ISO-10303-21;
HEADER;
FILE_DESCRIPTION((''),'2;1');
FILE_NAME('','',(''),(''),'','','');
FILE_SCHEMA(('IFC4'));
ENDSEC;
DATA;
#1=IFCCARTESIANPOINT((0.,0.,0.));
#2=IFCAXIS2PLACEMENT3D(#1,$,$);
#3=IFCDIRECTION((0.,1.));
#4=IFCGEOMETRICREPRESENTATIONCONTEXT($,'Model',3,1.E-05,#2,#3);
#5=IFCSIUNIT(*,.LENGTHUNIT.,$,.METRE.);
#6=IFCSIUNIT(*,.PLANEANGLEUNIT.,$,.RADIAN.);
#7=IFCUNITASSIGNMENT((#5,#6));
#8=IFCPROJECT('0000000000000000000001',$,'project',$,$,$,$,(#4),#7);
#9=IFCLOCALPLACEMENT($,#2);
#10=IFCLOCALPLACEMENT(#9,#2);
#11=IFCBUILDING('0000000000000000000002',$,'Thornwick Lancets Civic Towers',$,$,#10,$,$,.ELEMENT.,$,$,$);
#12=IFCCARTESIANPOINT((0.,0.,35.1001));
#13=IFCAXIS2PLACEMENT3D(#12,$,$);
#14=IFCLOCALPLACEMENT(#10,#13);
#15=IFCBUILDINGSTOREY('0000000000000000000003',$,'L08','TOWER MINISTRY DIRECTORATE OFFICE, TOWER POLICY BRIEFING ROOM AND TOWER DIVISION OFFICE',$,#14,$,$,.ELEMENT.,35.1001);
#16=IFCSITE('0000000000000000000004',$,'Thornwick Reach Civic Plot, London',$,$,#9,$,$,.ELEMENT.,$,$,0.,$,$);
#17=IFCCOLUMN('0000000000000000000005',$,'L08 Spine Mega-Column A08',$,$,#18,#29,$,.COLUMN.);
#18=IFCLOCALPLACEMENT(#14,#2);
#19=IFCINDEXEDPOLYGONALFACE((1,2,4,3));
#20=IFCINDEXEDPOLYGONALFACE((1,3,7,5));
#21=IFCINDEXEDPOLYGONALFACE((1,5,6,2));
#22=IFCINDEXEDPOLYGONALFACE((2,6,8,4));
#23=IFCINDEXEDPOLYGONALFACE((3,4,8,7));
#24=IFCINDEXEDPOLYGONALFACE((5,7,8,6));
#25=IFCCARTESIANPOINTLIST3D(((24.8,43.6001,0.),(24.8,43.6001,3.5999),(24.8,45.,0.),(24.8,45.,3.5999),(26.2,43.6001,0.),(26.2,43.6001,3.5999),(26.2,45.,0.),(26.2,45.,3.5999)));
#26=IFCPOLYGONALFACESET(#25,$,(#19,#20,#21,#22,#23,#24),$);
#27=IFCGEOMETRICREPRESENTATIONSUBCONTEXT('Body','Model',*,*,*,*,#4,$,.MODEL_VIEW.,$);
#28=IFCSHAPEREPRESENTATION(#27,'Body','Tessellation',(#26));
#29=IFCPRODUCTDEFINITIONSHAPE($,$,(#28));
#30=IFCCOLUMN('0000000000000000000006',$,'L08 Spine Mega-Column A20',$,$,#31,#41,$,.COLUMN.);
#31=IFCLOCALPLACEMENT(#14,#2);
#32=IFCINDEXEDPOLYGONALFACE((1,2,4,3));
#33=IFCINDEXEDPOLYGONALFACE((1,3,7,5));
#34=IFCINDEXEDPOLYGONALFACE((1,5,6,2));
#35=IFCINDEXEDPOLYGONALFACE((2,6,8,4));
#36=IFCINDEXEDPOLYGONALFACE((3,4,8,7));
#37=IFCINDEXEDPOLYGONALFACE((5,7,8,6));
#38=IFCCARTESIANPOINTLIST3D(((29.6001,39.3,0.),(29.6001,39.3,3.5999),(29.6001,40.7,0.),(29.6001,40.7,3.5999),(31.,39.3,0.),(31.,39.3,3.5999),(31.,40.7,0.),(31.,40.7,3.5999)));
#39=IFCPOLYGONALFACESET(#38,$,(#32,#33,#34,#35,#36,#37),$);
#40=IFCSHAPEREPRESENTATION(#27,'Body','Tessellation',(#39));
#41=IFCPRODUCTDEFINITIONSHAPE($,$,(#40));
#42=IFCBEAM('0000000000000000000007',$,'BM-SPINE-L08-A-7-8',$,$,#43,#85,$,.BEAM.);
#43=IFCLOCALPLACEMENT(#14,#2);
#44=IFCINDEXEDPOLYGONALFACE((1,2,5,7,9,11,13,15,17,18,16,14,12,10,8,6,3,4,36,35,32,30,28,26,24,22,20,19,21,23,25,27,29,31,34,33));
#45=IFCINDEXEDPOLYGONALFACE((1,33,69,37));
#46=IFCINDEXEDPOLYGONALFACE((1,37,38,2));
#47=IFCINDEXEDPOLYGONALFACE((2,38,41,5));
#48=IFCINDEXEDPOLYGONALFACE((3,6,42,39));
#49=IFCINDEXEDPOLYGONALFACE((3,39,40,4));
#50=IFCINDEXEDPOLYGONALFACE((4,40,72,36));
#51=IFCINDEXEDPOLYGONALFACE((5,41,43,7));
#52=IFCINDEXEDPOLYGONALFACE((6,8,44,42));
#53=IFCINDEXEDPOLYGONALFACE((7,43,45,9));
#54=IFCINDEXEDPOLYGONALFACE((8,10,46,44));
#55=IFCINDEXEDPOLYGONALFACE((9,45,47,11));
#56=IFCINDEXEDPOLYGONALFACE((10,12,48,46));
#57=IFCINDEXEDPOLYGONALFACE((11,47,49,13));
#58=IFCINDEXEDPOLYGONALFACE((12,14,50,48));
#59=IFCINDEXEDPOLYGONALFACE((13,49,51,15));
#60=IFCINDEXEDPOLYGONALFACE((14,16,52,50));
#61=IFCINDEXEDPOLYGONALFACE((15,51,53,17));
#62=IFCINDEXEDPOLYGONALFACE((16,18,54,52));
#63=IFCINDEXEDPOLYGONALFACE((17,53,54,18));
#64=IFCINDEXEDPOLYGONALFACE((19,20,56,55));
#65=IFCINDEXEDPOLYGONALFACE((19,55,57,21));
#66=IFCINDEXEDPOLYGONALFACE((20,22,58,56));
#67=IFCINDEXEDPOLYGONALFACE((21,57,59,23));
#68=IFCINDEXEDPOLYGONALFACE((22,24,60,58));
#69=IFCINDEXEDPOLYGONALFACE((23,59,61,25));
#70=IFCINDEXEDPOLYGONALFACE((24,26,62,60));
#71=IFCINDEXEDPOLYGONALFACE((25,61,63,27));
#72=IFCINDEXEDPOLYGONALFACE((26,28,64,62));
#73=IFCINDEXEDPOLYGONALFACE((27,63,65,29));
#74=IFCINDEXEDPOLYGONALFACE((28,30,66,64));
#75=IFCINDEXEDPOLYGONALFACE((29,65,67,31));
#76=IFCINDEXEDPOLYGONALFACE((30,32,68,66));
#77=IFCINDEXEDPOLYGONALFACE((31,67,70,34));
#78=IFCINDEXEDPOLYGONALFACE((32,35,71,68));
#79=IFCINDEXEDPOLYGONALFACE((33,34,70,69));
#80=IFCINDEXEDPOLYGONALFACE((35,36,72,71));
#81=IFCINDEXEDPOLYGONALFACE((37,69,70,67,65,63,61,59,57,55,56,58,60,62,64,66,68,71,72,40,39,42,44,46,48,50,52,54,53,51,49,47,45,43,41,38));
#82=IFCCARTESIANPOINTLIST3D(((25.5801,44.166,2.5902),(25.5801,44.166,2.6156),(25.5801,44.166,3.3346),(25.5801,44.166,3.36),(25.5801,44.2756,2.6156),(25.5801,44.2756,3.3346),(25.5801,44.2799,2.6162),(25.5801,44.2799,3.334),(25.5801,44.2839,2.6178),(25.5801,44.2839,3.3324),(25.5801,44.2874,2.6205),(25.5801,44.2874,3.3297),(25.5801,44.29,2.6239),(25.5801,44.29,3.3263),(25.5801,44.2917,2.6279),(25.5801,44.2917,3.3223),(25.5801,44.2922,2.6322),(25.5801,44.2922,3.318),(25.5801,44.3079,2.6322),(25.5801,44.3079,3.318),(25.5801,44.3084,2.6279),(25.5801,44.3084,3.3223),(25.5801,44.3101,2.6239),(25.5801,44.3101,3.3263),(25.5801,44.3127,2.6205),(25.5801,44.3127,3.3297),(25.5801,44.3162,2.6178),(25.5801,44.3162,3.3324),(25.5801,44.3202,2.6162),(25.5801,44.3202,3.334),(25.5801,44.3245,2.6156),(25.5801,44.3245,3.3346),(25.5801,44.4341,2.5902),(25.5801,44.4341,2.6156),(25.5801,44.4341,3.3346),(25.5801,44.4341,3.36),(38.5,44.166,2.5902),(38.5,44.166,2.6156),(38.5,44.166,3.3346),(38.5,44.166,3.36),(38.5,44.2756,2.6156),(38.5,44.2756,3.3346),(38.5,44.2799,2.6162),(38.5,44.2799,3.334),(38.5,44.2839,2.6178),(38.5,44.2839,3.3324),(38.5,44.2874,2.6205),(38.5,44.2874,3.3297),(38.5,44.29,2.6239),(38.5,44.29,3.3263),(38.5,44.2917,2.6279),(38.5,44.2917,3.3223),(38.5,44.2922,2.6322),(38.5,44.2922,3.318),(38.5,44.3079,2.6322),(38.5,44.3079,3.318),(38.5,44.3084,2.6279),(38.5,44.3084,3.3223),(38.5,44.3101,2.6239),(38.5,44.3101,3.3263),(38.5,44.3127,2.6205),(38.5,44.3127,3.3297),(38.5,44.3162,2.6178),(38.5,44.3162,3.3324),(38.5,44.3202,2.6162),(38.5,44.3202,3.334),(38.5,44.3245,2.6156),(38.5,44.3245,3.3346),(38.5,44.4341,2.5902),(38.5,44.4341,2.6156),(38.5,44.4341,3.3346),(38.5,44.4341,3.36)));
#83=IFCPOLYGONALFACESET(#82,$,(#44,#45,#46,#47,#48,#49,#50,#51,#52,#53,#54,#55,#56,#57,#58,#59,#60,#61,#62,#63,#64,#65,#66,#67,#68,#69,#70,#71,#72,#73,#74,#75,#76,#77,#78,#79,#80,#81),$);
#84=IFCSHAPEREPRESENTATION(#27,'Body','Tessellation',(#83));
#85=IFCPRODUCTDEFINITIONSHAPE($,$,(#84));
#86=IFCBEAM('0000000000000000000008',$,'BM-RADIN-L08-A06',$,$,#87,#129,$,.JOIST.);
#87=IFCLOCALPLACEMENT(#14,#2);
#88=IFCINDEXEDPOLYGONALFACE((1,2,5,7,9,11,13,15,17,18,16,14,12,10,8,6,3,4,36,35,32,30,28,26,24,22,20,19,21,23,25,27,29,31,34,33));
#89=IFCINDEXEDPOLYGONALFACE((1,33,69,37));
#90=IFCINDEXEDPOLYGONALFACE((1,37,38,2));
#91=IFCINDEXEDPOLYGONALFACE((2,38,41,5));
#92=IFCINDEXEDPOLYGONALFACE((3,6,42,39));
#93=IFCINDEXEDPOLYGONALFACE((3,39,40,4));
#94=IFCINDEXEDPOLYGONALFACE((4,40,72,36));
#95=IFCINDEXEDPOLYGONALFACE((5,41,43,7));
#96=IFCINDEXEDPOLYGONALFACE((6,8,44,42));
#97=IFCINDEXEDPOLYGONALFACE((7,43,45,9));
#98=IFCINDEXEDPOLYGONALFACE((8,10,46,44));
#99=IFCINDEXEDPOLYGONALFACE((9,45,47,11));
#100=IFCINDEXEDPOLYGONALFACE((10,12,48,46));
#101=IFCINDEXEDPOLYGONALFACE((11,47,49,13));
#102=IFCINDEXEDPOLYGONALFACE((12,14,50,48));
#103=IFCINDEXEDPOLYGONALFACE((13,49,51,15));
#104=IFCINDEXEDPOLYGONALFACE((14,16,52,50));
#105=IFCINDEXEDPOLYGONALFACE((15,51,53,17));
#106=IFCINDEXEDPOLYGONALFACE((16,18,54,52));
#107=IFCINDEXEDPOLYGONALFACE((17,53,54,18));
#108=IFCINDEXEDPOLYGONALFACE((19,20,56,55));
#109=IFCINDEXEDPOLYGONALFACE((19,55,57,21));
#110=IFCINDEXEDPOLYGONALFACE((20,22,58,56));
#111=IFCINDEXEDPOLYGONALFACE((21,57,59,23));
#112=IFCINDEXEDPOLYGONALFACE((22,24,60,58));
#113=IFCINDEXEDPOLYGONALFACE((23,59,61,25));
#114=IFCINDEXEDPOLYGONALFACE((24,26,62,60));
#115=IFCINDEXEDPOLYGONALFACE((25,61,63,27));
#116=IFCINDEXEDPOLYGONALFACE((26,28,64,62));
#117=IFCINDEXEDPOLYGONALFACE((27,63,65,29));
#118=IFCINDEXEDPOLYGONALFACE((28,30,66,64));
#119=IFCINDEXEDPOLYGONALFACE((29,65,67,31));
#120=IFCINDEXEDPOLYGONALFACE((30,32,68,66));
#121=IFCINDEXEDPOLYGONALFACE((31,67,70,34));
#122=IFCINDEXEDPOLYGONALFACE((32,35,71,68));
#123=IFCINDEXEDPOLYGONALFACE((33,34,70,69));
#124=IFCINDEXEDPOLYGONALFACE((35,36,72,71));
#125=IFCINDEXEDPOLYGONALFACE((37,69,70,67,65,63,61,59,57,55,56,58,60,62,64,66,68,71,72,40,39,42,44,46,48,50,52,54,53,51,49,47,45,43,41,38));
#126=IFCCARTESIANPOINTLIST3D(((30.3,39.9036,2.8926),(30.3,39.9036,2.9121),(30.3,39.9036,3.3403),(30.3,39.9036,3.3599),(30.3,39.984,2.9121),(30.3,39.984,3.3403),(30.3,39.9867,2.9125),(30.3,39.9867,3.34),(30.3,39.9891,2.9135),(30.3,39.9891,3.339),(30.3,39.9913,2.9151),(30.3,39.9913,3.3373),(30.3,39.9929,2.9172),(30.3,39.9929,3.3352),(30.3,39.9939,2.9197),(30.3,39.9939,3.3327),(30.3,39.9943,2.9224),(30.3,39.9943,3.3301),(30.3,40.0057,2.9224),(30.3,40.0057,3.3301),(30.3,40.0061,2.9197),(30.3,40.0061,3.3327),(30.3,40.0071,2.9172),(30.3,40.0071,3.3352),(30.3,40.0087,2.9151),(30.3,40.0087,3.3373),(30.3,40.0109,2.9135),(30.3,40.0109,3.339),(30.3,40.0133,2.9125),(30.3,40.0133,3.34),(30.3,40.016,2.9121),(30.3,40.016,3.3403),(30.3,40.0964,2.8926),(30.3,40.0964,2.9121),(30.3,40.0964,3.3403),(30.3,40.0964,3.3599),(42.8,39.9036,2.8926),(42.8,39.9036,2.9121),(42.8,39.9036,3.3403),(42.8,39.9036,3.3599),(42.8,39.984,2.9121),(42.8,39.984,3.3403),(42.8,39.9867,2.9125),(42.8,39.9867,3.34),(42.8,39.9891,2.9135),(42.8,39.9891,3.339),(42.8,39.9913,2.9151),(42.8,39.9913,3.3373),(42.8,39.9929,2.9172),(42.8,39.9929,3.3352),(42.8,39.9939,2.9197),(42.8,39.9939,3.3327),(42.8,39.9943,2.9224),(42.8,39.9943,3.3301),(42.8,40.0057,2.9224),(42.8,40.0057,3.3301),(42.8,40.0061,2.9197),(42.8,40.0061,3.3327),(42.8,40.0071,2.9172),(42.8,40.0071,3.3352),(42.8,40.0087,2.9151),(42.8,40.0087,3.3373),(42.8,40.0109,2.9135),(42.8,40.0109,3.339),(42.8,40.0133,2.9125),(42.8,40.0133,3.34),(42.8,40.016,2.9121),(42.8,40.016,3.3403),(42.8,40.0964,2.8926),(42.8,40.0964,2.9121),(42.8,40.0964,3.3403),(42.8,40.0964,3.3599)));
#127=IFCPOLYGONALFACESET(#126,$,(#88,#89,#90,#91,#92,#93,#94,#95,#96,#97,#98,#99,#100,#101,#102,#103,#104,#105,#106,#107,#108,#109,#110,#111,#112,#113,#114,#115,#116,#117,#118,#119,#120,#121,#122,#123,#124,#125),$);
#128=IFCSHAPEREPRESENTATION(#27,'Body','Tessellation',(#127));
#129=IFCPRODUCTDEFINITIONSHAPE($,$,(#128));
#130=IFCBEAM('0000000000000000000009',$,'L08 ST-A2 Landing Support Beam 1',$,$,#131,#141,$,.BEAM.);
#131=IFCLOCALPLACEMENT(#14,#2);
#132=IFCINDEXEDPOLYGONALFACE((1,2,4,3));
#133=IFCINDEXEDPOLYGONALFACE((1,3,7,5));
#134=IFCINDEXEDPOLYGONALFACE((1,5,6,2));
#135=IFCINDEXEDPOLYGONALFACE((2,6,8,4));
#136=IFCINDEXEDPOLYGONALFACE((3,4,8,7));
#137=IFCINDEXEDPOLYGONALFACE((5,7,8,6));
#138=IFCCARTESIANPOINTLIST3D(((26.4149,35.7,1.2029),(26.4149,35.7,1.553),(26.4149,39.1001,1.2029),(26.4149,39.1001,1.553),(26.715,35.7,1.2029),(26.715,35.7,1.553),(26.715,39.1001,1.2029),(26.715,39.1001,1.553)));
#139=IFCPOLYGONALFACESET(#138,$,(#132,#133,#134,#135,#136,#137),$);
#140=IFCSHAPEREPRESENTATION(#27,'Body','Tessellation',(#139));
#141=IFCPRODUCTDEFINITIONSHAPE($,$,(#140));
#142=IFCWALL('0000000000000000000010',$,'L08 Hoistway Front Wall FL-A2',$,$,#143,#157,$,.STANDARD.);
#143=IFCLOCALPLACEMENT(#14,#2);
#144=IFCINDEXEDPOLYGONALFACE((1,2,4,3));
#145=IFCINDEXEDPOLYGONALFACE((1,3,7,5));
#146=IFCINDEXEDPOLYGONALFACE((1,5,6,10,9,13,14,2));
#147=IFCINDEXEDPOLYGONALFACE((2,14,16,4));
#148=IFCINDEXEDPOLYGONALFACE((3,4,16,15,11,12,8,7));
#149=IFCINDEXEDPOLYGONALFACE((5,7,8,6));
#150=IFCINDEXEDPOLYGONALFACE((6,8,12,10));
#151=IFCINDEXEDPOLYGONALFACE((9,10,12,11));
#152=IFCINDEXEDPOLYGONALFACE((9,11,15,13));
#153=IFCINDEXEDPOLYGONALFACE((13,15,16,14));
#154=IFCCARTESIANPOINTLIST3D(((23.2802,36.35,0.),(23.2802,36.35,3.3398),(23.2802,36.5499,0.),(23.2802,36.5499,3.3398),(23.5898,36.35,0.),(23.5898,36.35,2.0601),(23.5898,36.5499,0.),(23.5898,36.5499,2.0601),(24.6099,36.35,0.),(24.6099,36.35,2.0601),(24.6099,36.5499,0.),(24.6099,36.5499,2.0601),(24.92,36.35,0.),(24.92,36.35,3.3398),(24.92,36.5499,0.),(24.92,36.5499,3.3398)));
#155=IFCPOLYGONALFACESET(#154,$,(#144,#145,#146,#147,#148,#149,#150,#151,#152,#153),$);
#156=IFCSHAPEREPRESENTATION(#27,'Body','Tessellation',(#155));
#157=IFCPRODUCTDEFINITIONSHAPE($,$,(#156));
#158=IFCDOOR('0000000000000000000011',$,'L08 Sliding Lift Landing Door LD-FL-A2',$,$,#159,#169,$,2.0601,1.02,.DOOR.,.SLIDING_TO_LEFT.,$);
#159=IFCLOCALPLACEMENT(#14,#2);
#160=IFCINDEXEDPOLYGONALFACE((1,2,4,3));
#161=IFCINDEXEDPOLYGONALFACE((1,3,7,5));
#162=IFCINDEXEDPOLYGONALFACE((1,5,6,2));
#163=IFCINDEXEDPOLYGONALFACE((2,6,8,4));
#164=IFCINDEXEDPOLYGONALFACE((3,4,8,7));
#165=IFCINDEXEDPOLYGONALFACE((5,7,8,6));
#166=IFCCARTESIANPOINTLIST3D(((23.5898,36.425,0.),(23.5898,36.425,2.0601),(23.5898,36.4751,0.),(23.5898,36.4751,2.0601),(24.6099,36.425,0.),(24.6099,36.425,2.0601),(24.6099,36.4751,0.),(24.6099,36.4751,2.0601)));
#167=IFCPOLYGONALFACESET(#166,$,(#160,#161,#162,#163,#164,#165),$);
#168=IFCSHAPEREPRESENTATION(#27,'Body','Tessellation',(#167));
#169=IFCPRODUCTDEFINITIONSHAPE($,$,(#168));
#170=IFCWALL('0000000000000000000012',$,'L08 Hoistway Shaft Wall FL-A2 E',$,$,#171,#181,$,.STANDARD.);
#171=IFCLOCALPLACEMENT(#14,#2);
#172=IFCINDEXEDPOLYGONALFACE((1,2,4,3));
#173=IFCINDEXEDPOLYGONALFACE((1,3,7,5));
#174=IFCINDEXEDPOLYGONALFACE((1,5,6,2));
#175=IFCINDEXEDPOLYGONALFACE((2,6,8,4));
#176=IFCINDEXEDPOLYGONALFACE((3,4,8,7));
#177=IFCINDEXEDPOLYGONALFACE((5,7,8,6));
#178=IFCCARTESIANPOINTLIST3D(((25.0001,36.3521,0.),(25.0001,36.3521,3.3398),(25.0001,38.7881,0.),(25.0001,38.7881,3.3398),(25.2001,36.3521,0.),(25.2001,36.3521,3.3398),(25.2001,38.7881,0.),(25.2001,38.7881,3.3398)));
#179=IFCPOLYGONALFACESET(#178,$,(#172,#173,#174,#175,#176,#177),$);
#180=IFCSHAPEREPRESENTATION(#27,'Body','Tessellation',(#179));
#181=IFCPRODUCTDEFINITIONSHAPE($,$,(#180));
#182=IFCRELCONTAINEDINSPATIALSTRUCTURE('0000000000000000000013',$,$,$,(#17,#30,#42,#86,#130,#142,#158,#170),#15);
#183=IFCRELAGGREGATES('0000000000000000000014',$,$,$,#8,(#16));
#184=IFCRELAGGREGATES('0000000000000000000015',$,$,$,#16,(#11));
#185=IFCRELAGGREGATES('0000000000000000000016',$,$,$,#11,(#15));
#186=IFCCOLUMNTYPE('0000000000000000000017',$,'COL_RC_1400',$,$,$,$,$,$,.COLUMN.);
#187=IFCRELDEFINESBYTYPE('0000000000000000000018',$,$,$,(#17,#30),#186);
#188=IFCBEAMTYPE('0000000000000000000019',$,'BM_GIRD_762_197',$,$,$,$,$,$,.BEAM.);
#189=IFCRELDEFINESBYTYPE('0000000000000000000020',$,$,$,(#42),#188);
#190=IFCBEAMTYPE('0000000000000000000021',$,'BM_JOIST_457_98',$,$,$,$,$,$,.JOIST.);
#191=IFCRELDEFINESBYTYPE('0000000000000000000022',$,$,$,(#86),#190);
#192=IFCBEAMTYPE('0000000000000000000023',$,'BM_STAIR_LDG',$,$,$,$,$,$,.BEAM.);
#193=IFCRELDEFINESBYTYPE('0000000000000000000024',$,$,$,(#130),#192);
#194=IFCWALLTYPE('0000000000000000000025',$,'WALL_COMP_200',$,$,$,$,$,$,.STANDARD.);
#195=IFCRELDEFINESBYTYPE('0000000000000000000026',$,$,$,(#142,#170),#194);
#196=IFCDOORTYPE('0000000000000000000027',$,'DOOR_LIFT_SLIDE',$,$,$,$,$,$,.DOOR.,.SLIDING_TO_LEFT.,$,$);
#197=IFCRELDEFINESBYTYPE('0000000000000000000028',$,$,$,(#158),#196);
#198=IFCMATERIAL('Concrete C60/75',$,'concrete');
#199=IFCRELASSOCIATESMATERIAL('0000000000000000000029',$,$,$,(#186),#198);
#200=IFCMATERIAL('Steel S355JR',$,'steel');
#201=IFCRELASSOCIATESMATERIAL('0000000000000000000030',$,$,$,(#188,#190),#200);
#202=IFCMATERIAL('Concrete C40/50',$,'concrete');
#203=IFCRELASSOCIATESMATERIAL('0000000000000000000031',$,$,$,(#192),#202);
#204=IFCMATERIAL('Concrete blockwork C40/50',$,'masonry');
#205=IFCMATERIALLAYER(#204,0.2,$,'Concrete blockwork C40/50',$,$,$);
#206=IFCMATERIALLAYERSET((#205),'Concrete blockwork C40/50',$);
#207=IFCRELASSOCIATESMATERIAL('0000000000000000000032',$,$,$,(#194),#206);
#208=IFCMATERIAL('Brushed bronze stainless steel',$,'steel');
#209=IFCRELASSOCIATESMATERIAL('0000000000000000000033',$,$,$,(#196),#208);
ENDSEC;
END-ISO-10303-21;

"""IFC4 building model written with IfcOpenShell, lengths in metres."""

from ifc_helpers import new_model, si_unit, direction, frame, frame_2d, origin, origin_2d, place, context, subcontext, project, spatial, rectangle, i_section, extrude, material, layer, layer_set, material_profile, profile_set, type_object, element, fill, save


model = new_model("IFC4")

# Units and contexts
model_context = context("Model", 3, precision=1e-05, world=origin(), true_north=direction((0.0, 1.0)))
body_context = subcontext(model_context, "Body", "Model", "MODEL_VIEW")
ifc_project = project(units=[si_unit("LENGTHUNIT", "METRE"), si_unit("PLANEANGLEUNIT", "RADIAN")], contexts=[model_context])

# Site, building, storey
site_placement = place(None, origin())
site = spatial("IfcSite", under=ifc_project, at=site_placement, Name="Thornwick Reach Civic Plot, London", CompositionType="ELEMENT", RefElevation=0.0)
building_placement = place(site_placement, origin())
building = spatial("IfcBuilding", under=site, at=building_placement, Name="Thornwick Lancets Civic Towers", CompositionType="ELEMENT")
storey_placement = place(building_placement, frame((0.0, 0.0, 35.1001)))
storey = spatial("IfcBuildingStorey", under=building, at=storey_placement, Name="L08", Description="TOWER MINISTRY DIRECTORATE OFFICE, TOWER POLICY BRIEFING ROOM AND TOWER DIVISION OFFICE", CompositionType="ELEMENT", Elevation=35.1001)

# Columns
ifc_material_1 = material(Name="Concrete C60/75", Category="concrete")
ifc_material_profile_1 = material_profile(ifc_material_1, rectangle(XDim=1.3999, YDim=1.3999, at=origin_2d()), Name="RC 1400x1400")
ifc_profile_set_1 = profile_set([ifc_material_profile_1], Name="Concrete C60/75")
column_type = type_object("IfcColumnType", Name="COL_RC_1400", PredefinedType="COLUMN", material=ifc_profile_set_1)
for number, where, z_axis, x_axis, name in (
    (1, (25.5, 44.3, 0.0), (0.0, 0.0, 1.0), (1.0, 0.0, 0.0), "L08 Spine Mega-Column A08"),
    (2, (30.3, 40.0, 0.0), (0.0, 0.0, 1.0), (1.0, 0.0, 0.0), "L08 Spine Mega-Column A20"),
):
    element("IfcColumn", number, at=place(storey_placement, frame(where, z_axis=z_axis, x_axis=x_axis)), inside=storey, type_object=column_type, Name=name, PredefinedType="COLUMN", context=body_context, shape_type="SweptSolid", body=[
        extrude(rectangle(XDim=1.3999, YDim=1.3999, at=origin_2d()), origin(), (0.0, 0.0, 1.0), 3.5999),
    ])

# Beams
ifc_material_2 = material(Name="Steel S355JR", Category="steel")
ifc_material_profile_2 = material_profile(ifc_material_2, i_section(OverallWidth=0.2681, OverallDepth=0.7698, WebThickness=0.0156, FlangeThickness=0.0254, FilletRadius=0.0166, at=origin_2d()), Name="UKB 762x267x197")
ifc_profile_set_2 = profile_set([ifc_material_profile_2], Name="Steel S355JR")
beam_type_1 = type_object("IfcBeamType", Name="BM_GIRD_762_197", PredefinedType="BEAM", material=ifc_profile_set_2)
beam_1_placement = place(storey_placement, frame((25.5801, 44.3, 2.9751), z_axis=(1.0, 0.0, 0.0), x_axis=(0.0, 1.0, 0.0)))
element("IfcBeam", 3, at=beam_1_placement, inside=storey, type_object=beam_type_1, Name="BM-SPINE-L08-A-7-8", PredefinedType="BEAM", context=body_context, shape_type="SweptSolid", body=[
    extrude(i_section(OverallWidth=0.2681, OverallDepth=0.7698, WebThickness=0.0156, FlangeThickness=0.0254, FilletRadius=0.0166, at=origin_2d()), origin(), (0.0, 0.0, 1.0), 12.9199),
])
ifc_material_profile_3 = material_profile(ifc_material_2, i_section(OverallWidth=0.1929, OverallDepth=0.4673, WebThickness=0.0115, FlangeThickness=0.0195, FilletRadius=0.0103, at=origin_2d()), Name="UKB 457x191x98")
ifc_profile_set_3 = profile_set([ifc_material_profile_3], Name="Steel S355JR")
beam_type_2 = type_object("IfcBeamType", Name="BM_JOIST_457_98", PredefinedType="JOIST", material=ifc_profile_set_3)
beam_2_placement = place(storey_placement, frame((30.3, 40.0, 3.1262), z_axis=(1.0, 0.0, 0.0), x_axis=(0.0, 1.0, 0.0)))
element("IfcBeam", 4, at=beam_2_placement, inside=storey, type_object=beam_type_2, Name="BM-RADIN-L08-A06", PredefinedType="JOIST", context=body_context, shape_type="SweptSolid", body=[
    extrude(i_section(OverallWidth=0.1929, OverallDepth=0.4673, WebThickness=0.0115, FlangeThickness=0.0195, FilletRadius=0.0103, at=origin_2d()), origin(), (0.0, 0.0, 1.0), 12.5),
])
ifc_material_3 = material(Name="Concrete C40/50", Category="concrete")
ifc_material_profile_4 = material_profile(ifc_material_3, rectangle(XDim=0.3, YDim=0.3501, at=origin_2d()), Name="RC 300x350")
ifc_profile_set_4 = profile_set([ifc_material_profile_4], Name="Concrete C40/50")
beam_type_3 = type_object("IfcBeamType", Name="BM_STAIR_LDG", PredefinedType="BEAM", material=ifc_profile_set_4)
beam_3_placement = place(storey_placement, frame((26.5649, 39.1001, 1.3779), z_axis=(0.0, -1.0, 0.0), x_axis=(1.0, 0.0, 0.0)))
element("IfcBeam", 5, at=beam_3_placement, inside=storey, type_object=beam_type_3, Name="L08 ST-A2 Landing Support Beam 1", PredefinedType="BEAM", context=body_context, shape_type="SweptSolid", body=[
    extrude(rectangle(XDim=0.3, YDim=0.3501, at=origin_2d()), origin(), (0.0, 0.0, 1.0), 3.4001),
])

# Wall, opening, door
ifc_material_4 = material(Name="Concrete blockwork C40/50", Category="masonry")
ifc_layer_1 = layer(ifc_material_4, 0.2, Name="Concrete blockwork C40/50")
ifc_layer_set_1 = layer_set([ifc_layer_1], Name="Concrete blockwork C40/50")
wall_type_1 = type_object("IfcWallType", Name="WALL_COMP_200", PredefinedType="STANDARD", material=ifc_layer_set_1)
wall_1_placement = place(storey_placement, frame((24.9199, 36.45, 0.0), z_axis=(0.0, 0.0, 1.0), x_axis=(-1.0, 0.0, 0.0)))
wall_1 = element("IfcWall", 6, at=wall_1_placement, inside=storey, type_object=wall_type_1, Name="L08 Hoistway Front Wall FL-A2", PredefinedType="STANDARD", context=body_context, shape_type="SweptSolid", body=[
    extrude(rectangle(XDim=1.6399, YDim=0.2, at=frame_2d((0.8198, 0.0))), origin(), (0.0, 0.0, 1.0), 3.3398),
])
opening_placement = place(wall_1_placement, frame((0.3101, 0.0, 0.0)))
opening = element("IfcOpeningElement", 7, at=opening_placement, cuts=wall_1, PredefinedType="OPENING", context=body_context, shape_type="SweptSolid", body=[
    extrude(rectangle(XDim=1.02, YDim=2.0601, at=frame_2d((0.51, 1.03))), frame((0.0, 0.1099, 0.0), z_axis=(0.0, -1.0, 0.0), x_axis=(1.0, 0.0, 0.0)), (0.0, 0.0, 1.0), 0.22),
])
ifc_material_5 = material(Name="Brushed bronze stainless steel", Category="steel")
door_type = type_object("IfcDoorType", Name="DOOR_LIFT_SLIDE", OperationType="SLIDING_TO_LEFT", PredefinedType="DOOR", material=ifc_material_5)
door_placement = place(opening_placement, origin())
door = element("IfcDoor", 8, at=door_placement, inside=storey, type_object=door_type, Name="L08 Sliding Lift Landing Door LD-FL-A2", OperationType="SLIDING_TO_LEFT", OverallHeight=2.0601, OverallWidth=1.02, PredefinedType="DOOR", context=body_context, shape_type="SweptSolid", body=[
    extrude(rectangle(XDim=1.02, YDim=2.0601, at=frame_2d((0.51, 1.03))), frame((0.0, 0.0249, 0.0), z_axis=(0.0, -1.0, 0.0), x_axis=(1.0, 0.0, 0.0)), (0.0, 0.0, 1.0), 0.05),
])
fill(opening, door)

# Wall
wall_2_placement = place(storey_placement, frame((25.1001, 36.3521, 0.0), z_axis=(0.0, 0.0, 1.0), x_axis=(0.0, 1.0, 0.0)))
element("IfcWall", 9, at=wall_2_placement, inside=storey, type_object=wall_type_1, Name="L08 Hoistway Shaft Wall FL-A2 E", PredefinedType="STANDARD", context=body_context, shape_type="SweptSolid", body=[
    extrude(rectangle(XDim=2.436, YDim=0.2, at=frame_2d((1.218, 0.0))), origin(), (0.0, 0.0, 1.0), 3.3398),
])

save(model, "model.ifc")
